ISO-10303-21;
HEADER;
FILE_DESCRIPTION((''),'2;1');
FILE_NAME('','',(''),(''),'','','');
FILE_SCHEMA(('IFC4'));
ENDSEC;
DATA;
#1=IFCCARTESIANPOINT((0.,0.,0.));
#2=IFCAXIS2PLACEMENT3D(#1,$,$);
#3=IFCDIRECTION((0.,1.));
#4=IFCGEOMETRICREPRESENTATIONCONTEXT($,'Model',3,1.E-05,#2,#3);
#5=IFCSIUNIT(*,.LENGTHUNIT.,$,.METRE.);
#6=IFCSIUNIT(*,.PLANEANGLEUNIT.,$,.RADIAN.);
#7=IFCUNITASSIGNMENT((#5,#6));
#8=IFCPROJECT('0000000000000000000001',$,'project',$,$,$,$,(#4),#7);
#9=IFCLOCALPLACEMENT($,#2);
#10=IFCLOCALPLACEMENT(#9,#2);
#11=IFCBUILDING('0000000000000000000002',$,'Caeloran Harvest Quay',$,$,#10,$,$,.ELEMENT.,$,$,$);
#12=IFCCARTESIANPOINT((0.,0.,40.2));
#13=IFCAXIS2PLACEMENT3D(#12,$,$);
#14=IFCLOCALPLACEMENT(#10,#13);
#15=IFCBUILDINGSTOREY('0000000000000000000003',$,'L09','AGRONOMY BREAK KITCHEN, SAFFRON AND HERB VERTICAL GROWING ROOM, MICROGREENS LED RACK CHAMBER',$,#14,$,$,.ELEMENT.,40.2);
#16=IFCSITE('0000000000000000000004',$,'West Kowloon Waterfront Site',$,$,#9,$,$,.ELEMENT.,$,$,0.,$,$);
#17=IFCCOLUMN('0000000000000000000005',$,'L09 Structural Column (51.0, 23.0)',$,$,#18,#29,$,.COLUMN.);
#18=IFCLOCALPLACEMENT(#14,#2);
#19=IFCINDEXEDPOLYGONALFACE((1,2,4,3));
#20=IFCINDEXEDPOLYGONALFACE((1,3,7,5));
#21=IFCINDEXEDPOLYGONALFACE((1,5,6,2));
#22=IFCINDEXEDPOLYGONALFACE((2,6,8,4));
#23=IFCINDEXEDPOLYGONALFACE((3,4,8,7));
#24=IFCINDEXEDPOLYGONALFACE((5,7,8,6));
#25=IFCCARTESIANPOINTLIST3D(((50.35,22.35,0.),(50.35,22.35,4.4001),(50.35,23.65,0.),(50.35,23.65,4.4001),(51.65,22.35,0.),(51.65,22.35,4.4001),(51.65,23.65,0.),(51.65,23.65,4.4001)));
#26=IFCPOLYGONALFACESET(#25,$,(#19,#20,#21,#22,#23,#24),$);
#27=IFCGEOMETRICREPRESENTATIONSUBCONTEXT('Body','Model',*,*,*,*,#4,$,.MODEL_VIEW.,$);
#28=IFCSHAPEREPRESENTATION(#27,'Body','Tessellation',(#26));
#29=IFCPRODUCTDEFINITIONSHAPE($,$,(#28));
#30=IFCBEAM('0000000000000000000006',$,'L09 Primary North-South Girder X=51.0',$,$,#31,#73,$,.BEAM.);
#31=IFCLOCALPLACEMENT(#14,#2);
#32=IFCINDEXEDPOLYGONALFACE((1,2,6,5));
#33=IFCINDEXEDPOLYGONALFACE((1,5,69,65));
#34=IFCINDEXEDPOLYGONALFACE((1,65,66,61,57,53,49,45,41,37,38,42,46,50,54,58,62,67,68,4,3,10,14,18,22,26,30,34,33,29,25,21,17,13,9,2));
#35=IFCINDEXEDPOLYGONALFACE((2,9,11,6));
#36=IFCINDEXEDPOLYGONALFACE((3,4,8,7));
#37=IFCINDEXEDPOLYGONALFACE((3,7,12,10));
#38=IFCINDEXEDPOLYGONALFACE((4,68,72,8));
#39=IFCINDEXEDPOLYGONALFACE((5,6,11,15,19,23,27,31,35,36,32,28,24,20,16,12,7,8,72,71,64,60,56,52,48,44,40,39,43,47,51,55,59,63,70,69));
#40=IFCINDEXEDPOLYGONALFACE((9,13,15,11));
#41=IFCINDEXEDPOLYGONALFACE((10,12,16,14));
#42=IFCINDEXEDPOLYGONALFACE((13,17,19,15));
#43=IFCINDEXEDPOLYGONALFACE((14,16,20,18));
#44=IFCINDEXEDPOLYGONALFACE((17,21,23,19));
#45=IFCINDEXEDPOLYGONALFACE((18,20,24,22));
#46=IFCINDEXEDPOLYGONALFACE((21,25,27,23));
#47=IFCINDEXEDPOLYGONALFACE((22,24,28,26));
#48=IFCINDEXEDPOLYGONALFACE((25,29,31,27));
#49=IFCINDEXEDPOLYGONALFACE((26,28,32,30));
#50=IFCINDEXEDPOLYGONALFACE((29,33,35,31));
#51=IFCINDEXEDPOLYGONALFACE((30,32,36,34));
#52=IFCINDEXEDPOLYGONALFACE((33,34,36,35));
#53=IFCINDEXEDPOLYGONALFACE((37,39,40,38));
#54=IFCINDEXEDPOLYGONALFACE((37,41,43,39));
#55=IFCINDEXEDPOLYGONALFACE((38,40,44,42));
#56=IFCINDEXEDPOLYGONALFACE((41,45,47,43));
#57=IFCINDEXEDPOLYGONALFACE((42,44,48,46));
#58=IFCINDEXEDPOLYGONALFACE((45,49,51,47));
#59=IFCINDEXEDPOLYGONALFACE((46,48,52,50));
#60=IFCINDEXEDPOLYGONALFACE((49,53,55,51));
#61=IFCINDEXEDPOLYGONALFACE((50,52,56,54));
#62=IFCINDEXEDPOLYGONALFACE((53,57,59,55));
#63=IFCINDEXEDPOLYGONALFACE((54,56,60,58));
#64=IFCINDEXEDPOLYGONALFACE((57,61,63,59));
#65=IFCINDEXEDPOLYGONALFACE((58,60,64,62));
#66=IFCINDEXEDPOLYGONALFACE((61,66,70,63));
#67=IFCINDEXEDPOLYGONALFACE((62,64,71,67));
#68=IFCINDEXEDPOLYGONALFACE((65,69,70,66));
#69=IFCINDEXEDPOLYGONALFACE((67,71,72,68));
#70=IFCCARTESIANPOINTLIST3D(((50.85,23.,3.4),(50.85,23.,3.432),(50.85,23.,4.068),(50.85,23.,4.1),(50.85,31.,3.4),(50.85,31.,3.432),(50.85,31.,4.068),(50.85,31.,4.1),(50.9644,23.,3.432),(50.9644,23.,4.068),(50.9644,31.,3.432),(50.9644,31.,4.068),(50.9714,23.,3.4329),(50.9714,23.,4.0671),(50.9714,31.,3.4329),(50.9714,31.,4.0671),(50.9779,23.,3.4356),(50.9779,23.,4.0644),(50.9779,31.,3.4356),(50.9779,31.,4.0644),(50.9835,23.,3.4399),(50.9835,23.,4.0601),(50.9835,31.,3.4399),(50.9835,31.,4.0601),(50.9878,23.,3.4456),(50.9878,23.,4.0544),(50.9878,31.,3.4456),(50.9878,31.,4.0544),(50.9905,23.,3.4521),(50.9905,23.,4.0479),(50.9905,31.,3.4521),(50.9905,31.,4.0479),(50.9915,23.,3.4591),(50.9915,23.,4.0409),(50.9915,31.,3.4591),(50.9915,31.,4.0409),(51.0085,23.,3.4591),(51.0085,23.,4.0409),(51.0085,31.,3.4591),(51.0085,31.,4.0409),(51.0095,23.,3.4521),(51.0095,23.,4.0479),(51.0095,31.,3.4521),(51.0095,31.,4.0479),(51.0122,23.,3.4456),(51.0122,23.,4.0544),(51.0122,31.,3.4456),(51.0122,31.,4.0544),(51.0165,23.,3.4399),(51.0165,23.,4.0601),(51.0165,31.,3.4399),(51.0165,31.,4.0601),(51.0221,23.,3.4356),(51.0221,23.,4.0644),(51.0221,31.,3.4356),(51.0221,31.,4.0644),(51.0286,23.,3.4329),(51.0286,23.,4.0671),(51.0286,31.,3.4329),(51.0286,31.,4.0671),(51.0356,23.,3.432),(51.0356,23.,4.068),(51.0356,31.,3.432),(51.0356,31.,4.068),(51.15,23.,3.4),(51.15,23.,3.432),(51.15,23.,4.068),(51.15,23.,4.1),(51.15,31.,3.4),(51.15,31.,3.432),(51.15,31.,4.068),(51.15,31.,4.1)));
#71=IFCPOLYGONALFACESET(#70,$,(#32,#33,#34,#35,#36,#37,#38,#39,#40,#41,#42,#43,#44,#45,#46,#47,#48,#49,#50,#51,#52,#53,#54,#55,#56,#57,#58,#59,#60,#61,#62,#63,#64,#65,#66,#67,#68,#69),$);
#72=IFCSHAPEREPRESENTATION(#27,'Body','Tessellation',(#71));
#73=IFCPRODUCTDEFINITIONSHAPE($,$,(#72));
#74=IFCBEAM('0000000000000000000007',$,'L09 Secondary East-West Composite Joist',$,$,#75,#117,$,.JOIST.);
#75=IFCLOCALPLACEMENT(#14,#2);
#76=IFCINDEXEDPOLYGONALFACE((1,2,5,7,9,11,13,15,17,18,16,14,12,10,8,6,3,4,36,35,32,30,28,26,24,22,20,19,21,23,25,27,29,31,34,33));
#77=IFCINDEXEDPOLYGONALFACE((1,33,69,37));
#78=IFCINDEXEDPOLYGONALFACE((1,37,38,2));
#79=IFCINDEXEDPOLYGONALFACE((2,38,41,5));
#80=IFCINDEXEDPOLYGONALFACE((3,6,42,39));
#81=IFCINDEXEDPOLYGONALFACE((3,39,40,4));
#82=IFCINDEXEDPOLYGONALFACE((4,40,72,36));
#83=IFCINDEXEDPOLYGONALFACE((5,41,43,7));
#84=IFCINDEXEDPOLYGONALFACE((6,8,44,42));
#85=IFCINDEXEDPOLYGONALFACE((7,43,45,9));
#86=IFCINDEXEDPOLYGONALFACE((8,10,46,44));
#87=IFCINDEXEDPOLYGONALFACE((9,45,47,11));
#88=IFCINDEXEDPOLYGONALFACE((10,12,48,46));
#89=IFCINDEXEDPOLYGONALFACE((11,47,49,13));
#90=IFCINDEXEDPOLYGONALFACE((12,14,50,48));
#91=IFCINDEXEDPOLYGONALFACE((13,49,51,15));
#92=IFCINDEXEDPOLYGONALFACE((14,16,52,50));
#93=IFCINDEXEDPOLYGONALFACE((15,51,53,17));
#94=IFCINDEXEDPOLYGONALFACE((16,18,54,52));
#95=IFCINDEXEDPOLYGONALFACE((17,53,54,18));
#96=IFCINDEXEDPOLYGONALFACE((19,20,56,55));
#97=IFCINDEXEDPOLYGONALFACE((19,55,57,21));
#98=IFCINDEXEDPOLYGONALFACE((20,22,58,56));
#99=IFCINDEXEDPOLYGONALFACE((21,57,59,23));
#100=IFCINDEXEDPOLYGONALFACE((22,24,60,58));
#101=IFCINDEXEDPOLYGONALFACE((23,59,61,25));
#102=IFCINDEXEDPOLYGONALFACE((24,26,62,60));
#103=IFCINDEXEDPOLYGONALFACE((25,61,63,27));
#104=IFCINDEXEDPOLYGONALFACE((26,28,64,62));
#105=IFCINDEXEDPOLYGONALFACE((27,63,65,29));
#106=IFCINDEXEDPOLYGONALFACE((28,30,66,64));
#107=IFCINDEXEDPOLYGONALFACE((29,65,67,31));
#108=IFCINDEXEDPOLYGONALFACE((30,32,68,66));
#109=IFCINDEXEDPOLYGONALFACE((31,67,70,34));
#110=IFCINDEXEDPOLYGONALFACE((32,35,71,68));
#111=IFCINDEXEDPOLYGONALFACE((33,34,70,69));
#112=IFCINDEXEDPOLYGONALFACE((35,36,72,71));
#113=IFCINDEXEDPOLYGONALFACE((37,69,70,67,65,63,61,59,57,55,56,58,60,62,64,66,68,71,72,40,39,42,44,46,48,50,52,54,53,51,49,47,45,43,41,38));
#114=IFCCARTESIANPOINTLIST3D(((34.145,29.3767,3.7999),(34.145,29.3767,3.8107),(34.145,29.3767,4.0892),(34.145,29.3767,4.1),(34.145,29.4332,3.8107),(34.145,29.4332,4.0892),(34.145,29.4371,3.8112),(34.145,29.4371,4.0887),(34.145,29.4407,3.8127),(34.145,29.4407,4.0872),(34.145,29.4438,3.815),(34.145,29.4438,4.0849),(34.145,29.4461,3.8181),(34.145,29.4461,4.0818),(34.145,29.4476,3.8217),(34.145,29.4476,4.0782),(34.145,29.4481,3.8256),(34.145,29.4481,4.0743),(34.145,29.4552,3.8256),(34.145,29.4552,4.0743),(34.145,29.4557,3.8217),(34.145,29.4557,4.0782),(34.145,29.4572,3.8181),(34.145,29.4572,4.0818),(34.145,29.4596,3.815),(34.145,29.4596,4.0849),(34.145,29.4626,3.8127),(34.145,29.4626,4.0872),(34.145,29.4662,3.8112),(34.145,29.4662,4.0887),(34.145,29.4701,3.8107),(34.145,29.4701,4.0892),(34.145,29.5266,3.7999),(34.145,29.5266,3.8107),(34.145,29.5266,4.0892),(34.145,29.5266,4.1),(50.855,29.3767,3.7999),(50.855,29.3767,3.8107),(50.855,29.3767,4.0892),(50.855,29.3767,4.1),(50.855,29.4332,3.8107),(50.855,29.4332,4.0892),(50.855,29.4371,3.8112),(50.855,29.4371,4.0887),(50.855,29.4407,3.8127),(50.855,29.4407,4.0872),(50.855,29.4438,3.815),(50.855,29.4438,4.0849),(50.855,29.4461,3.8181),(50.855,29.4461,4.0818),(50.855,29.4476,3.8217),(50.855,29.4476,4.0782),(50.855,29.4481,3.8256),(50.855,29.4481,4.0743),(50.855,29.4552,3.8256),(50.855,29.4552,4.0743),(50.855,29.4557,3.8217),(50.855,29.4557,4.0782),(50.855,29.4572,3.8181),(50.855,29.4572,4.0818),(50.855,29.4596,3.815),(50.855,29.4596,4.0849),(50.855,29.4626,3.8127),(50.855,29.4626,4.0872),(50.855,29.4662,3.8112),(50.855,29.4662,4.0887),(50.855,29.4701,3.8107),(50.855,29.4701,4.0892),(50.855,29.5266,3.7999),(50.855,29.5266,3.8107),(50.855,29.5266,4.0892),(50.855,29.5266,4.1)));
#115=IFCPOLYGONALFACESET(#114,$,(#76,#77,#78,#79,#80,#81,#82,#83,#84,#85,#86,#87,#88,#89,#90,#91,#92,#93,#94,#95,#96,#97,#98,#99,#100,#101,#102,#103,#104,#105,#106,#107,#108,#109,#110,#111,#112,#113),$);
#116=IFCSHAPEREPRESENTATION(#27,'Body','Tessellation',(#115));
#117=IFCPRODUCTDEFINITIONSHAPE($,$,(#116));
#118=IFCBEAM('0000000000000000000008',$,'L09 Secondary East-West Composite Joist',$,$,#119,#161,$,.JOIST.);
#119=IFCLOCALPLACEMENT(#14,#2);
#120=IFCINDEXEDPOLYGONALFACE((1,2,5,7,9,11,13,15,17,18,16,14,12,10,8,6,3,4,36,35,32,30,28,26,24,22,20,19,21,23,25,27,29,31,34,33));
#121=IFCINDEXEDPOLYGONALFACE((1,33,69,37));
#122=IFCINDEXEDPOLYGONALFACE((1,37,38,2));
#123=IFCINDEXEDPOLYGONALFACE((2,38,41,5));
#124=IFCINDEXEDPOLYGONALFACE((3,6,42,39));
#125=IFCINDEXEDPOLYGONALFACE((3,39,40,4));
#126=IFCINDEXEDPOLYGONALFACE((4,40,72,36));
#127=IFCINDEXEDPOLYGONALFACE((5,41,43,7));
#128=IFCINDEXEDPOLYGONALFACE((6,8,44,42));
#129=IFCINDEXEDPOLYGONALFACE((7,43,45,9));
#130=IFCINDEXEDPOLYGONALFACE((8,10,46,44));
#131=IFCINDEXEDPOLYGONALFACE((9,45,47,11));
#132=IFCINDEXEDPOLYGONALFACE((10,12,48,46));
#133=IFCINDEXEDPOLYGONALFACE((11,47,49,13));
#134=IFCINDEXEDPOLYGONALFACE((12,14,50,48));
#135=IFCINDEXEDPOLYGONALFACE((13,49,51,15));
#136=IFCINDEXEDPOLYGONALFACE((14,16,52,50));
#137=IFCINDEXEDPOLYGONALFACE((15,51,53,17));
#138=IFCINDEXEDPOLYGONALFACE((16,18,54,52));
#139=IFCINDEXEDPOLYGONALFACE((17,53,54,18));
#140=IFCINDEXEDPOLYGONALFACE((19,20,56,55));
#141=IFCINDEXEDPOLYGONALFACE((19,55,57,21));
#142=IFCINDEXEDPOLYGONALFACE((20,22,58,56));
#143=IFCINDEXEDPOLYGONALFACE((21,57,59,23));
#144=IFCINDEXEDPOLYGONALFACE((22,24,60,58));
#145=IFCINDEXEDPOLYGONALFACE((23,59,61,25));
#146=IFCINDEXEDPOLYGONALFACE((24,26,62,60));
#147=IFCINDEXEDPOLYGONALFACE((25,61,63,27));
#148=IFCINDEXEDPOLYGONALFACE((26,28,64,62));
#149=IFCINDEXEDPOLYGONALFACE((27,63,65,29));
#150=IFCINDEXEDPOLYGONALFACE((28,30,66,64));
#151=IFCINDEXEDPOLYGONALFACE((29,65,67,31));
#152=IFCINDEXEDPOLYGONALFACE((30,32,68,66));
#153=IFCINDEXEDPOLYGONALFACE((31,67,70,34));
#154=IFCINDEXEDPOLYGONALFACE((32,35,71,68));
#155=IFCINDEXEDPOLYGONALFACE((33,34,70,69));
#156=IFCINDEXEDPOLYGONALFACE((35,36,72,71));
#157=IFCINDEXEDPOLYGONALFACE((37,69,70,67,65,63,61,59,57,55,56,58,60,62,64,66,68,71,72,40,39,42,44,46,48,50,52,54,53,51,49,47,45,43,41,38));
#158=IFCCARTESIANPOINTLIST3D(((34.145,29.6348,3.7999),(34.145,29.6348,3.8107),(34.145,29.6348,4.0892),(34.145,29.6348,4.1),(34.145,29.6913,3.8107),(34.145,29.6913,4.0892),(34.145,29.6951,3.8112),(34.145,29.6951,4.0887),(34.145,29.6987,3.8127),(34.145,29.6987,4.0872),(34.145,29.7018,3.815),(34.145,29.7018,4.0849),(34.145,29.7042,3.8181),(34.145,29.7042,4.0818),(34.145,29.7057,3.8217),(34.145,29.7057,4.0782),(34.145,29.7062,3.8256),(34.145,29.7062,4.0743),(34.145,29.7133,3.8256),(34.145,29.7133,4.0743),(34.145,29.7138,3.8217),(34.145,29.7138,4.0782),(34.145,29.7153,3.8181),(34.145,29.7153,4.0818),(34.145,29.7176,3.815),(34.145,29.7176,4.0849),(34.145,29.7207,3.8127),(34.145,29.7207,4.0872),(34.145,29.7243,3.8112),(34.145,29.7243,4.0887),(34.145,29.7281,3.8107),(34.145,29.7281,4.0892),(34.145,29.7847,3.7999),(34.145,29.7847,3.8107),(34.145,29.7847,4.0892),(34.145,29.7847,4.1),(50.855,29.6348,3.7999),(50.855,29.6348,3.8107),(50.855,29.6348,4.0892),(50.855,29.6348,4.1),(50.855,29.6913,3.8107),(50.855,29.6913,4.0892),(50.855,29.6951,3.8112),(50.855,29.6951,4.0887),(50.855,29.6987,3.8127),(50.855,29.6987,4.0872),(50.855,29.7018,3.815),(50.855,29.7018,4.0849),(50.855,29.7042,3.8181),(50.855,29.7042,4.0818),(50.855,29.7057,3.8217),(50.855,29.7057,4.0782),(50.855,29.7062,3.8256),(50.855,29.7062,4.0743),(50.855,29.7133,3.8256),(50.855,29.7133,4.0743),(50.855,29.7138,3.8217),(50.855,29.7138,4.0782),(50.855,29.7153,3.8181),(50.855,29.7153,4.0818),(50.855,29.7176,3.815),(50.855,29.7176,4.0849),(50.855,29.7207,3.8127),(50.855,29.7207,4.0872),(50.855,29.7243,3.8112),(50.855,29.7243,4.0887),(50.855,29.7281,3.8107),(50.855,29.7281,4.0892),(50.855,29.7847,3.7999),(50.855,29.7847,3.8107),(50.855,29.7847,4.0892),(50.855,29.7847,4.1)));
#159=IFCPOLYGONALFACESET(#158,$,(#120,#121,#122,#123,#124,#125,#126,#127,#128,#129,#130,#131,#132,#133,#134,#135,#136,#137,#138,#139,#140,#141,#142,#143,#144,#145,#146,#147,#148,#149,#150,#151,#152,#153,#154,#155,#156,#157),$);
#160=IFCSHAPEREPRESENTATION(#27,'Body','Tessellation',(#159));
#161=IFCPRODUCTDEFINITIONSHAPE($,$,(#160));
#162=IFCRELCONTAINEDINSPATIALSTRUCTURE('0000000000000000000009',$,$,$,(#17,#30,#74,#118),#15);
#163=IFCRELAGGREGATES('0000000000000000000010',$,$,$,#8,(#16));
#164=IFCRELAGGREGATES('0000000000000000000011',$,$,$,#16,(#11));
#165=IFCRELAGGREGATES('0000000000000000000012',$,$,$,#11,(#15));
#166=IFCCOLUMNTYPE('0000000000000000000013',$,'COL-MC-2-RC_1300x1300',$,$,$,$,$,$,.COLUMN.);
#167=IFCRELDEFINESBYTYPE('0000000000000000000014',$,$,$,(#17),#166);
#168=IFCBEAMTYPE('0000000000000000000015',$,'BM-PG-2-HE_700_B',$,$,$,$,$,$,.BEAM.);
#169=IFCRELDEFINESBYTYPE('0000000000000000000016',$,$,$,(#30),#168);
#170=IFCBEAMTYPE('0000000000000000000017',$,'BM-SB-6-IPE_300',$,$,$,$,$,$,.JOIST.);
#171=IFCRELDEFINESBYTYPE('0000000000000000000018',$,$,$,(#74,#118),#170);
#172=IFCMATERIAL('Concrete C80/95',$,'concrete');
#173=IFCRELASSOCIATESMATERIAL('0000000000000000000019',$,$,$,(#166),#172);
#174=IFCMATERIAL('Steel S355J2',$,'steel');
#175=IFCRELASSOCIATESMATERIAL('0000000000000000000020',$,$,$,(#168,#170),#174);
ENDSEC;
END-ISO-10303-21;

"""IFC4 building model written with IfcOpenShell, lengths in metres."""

from ifc_helpers import new_model, si_unit, direction, frame, origin, origin_2d, place, context, subcontext, project, spatial, rectangle, i_section, extrude, material, material_profile, profile_set, type_object, element, save


model = new_model("IFC4")

# Units and contexts
model_context = context("Model", 3, precision=1e-05, world=origin(), true_north=direction((0.0, 1.0)))
body_context = subcontext(model_context, "Body", "Model", "MODEL_VIEW")
ifc_project = project(units=[si_unit("LENGTHUNIT", "METRE"), si_unit("PLANEANGLEUNIT", "RADIAN")], contexts=[model_context])

# Site, building, storey
site_placement = place(None, origin())
site = spatial("IfcSite", under=ifc_project, at=site_placement, Name="West Kowloon Waterfront Site", CompositionType="ELEMENT", RefElevation=0.0)
building_placement = place(site_placement, origin())
building = spatial("IfcBuilding", under=site, at=building_placement, Name="Caeloran Harvest Quay", CompositionType="ELEMENT")
storey_placement = place(building_placement, frame((0.0, 0.0, 40.2)))
storey = spatial("IfcBuildingStorey", under=building, at=storey_placement, Name="L09", Description="AGRONOMY BREAK KITCHEN, SAFFRON AND HERB VERTICAL GROWING ROOM, MICROGREENS LED RACK CHAMBER", CompositionType="ELEMENT", Elevation=40.2)

# Column
ifc_material_1 = material(Name="Concrete C80/95", Category="concrete")
ifc_material_profile_1 = material_profile(ifc_material_1, rectangle(XDim=1.3, YDim=1.3, at=origin_2d()), Name="RC 1300x1300")
ifc_profile_set_1 = profile_set([ifc_material_profile_1], Name="Concrete C80/95")
column_type = type_object("IfcColumnType", Name="COL-MC-2-RC_1300x1300", PredefinedType="COLUMN", material=ifc_profile_set_1)
column_placement = place(storey_placement, frame((51.0, 23.0, 0.0), z_axis=(0.0, 0.0, 1.0), x_axis=(1.0, 0.0, 0.0)))
element("IfcColumn", 1, at=column_placement, inside=storey, type_object=column_type, Name="L09 Structural Column (51.0, 23.0)", PredefinedType="COLUMN", context=body_context, shape_type="SweptSolid", body=[
    extrude(rectangle(XDim=1.3, YDim=1.3, at=origin_2d()), origin(), (0.0, 0.0, 1.0), 4.4001),
])

# Beams
ifc_material_2 = material(Name="Steel S355J2", Category="steel")
ifc_material_profile_2 = material_profile(ifc_material_2, i_section(OverallWidth=0.3, OverallDepth=0.7, WebThickness=0.0171, FlangeThickness=0.032, FilletRadius=0.0271, at=origin_2d()), Name="HE 700 B")
ifc_profile_set_2 = profile_set([ifc_material_profile_2], Name="Steel S355J2")
beam_type_1 = type_object("IfcBeamType", Name="BM-PG-2-HE_700_B", PredefinedType="BEAM", material=ifc_profile_set_2)
beam_placement = place(storey_placement, frame((51.0, 23.0, 3.75), z_axis=(0.0, 1.0, 0.0), x_axis=(-1.0, 0.0, 0.0)))
element("IfcBeam", 2, at=beam_placement, inside=storey, type_object=beam_type_1, Name="L09 Primary North-South Girder X=51.0", PredefinedType="BEAM", context=body_context, shape_type="SweptSolid", body=[
    extrude(i_section(OverallWidth=0.3, OverallDepth=0.7, WebThickness=0.0171, FlangeThickness=0.032, FilletRadius=0.0271, at=origin_2d()), origin(), (0.0, 0.0, 1.0), 8.0),
])
ifc_material_profile_3 = material_profile(ifc_material_2, i_section(OverallWidth=0.1499, OverallDepth=0.3, WebThickness=0.0071, FlangeThickness=0.0107, FilletRadius=0.0149, at=origin_2d()), Name="IPE 300")
ifc_profile_set_3 = profile_set([ifc_material_profile_3], Name="Steel S355J2")
beam_type_2 = type_object("IfcBeamType", Name="BM-SB-6-IPE_300", PredefinedType="JOIST", material=ifc_profile_set_3)
for number, where, z_axis, x_axis, name in (
    (3, (34.145, 29.4517, 3.95), (1.0, 0.0, 0.0), (0.0, 1.0, 0.0), "L09 Secondary East-West Composite Joist"),
    (4, (34.145, 29.7097, 3.95), (1.0, 0.0, 0.0), (0.0, 1.0, 0.0), "L09 Secondary East-West Composite Joist"),
):
    element("IfcBeam", number, at=place(storey_placement, frame(where, z_axis=z_axis, x_axis=x_axis)), inside=storey, type_object=beam_type_2, Name=name, PredefinedType="JOIST", context=body_context, shape_type="SweptSolid", body=[
        extrude(i_section(OverallWidth=0.1499, OverallDepth=0.3, WebThickness=0.0071, FlangeThickness=0.0107, FilletRadius=0.0149, at=origin_2d()), origin(), (0.0, 0.0, 1.0), 16.71),
    ])

save(model, "model.ifc")
